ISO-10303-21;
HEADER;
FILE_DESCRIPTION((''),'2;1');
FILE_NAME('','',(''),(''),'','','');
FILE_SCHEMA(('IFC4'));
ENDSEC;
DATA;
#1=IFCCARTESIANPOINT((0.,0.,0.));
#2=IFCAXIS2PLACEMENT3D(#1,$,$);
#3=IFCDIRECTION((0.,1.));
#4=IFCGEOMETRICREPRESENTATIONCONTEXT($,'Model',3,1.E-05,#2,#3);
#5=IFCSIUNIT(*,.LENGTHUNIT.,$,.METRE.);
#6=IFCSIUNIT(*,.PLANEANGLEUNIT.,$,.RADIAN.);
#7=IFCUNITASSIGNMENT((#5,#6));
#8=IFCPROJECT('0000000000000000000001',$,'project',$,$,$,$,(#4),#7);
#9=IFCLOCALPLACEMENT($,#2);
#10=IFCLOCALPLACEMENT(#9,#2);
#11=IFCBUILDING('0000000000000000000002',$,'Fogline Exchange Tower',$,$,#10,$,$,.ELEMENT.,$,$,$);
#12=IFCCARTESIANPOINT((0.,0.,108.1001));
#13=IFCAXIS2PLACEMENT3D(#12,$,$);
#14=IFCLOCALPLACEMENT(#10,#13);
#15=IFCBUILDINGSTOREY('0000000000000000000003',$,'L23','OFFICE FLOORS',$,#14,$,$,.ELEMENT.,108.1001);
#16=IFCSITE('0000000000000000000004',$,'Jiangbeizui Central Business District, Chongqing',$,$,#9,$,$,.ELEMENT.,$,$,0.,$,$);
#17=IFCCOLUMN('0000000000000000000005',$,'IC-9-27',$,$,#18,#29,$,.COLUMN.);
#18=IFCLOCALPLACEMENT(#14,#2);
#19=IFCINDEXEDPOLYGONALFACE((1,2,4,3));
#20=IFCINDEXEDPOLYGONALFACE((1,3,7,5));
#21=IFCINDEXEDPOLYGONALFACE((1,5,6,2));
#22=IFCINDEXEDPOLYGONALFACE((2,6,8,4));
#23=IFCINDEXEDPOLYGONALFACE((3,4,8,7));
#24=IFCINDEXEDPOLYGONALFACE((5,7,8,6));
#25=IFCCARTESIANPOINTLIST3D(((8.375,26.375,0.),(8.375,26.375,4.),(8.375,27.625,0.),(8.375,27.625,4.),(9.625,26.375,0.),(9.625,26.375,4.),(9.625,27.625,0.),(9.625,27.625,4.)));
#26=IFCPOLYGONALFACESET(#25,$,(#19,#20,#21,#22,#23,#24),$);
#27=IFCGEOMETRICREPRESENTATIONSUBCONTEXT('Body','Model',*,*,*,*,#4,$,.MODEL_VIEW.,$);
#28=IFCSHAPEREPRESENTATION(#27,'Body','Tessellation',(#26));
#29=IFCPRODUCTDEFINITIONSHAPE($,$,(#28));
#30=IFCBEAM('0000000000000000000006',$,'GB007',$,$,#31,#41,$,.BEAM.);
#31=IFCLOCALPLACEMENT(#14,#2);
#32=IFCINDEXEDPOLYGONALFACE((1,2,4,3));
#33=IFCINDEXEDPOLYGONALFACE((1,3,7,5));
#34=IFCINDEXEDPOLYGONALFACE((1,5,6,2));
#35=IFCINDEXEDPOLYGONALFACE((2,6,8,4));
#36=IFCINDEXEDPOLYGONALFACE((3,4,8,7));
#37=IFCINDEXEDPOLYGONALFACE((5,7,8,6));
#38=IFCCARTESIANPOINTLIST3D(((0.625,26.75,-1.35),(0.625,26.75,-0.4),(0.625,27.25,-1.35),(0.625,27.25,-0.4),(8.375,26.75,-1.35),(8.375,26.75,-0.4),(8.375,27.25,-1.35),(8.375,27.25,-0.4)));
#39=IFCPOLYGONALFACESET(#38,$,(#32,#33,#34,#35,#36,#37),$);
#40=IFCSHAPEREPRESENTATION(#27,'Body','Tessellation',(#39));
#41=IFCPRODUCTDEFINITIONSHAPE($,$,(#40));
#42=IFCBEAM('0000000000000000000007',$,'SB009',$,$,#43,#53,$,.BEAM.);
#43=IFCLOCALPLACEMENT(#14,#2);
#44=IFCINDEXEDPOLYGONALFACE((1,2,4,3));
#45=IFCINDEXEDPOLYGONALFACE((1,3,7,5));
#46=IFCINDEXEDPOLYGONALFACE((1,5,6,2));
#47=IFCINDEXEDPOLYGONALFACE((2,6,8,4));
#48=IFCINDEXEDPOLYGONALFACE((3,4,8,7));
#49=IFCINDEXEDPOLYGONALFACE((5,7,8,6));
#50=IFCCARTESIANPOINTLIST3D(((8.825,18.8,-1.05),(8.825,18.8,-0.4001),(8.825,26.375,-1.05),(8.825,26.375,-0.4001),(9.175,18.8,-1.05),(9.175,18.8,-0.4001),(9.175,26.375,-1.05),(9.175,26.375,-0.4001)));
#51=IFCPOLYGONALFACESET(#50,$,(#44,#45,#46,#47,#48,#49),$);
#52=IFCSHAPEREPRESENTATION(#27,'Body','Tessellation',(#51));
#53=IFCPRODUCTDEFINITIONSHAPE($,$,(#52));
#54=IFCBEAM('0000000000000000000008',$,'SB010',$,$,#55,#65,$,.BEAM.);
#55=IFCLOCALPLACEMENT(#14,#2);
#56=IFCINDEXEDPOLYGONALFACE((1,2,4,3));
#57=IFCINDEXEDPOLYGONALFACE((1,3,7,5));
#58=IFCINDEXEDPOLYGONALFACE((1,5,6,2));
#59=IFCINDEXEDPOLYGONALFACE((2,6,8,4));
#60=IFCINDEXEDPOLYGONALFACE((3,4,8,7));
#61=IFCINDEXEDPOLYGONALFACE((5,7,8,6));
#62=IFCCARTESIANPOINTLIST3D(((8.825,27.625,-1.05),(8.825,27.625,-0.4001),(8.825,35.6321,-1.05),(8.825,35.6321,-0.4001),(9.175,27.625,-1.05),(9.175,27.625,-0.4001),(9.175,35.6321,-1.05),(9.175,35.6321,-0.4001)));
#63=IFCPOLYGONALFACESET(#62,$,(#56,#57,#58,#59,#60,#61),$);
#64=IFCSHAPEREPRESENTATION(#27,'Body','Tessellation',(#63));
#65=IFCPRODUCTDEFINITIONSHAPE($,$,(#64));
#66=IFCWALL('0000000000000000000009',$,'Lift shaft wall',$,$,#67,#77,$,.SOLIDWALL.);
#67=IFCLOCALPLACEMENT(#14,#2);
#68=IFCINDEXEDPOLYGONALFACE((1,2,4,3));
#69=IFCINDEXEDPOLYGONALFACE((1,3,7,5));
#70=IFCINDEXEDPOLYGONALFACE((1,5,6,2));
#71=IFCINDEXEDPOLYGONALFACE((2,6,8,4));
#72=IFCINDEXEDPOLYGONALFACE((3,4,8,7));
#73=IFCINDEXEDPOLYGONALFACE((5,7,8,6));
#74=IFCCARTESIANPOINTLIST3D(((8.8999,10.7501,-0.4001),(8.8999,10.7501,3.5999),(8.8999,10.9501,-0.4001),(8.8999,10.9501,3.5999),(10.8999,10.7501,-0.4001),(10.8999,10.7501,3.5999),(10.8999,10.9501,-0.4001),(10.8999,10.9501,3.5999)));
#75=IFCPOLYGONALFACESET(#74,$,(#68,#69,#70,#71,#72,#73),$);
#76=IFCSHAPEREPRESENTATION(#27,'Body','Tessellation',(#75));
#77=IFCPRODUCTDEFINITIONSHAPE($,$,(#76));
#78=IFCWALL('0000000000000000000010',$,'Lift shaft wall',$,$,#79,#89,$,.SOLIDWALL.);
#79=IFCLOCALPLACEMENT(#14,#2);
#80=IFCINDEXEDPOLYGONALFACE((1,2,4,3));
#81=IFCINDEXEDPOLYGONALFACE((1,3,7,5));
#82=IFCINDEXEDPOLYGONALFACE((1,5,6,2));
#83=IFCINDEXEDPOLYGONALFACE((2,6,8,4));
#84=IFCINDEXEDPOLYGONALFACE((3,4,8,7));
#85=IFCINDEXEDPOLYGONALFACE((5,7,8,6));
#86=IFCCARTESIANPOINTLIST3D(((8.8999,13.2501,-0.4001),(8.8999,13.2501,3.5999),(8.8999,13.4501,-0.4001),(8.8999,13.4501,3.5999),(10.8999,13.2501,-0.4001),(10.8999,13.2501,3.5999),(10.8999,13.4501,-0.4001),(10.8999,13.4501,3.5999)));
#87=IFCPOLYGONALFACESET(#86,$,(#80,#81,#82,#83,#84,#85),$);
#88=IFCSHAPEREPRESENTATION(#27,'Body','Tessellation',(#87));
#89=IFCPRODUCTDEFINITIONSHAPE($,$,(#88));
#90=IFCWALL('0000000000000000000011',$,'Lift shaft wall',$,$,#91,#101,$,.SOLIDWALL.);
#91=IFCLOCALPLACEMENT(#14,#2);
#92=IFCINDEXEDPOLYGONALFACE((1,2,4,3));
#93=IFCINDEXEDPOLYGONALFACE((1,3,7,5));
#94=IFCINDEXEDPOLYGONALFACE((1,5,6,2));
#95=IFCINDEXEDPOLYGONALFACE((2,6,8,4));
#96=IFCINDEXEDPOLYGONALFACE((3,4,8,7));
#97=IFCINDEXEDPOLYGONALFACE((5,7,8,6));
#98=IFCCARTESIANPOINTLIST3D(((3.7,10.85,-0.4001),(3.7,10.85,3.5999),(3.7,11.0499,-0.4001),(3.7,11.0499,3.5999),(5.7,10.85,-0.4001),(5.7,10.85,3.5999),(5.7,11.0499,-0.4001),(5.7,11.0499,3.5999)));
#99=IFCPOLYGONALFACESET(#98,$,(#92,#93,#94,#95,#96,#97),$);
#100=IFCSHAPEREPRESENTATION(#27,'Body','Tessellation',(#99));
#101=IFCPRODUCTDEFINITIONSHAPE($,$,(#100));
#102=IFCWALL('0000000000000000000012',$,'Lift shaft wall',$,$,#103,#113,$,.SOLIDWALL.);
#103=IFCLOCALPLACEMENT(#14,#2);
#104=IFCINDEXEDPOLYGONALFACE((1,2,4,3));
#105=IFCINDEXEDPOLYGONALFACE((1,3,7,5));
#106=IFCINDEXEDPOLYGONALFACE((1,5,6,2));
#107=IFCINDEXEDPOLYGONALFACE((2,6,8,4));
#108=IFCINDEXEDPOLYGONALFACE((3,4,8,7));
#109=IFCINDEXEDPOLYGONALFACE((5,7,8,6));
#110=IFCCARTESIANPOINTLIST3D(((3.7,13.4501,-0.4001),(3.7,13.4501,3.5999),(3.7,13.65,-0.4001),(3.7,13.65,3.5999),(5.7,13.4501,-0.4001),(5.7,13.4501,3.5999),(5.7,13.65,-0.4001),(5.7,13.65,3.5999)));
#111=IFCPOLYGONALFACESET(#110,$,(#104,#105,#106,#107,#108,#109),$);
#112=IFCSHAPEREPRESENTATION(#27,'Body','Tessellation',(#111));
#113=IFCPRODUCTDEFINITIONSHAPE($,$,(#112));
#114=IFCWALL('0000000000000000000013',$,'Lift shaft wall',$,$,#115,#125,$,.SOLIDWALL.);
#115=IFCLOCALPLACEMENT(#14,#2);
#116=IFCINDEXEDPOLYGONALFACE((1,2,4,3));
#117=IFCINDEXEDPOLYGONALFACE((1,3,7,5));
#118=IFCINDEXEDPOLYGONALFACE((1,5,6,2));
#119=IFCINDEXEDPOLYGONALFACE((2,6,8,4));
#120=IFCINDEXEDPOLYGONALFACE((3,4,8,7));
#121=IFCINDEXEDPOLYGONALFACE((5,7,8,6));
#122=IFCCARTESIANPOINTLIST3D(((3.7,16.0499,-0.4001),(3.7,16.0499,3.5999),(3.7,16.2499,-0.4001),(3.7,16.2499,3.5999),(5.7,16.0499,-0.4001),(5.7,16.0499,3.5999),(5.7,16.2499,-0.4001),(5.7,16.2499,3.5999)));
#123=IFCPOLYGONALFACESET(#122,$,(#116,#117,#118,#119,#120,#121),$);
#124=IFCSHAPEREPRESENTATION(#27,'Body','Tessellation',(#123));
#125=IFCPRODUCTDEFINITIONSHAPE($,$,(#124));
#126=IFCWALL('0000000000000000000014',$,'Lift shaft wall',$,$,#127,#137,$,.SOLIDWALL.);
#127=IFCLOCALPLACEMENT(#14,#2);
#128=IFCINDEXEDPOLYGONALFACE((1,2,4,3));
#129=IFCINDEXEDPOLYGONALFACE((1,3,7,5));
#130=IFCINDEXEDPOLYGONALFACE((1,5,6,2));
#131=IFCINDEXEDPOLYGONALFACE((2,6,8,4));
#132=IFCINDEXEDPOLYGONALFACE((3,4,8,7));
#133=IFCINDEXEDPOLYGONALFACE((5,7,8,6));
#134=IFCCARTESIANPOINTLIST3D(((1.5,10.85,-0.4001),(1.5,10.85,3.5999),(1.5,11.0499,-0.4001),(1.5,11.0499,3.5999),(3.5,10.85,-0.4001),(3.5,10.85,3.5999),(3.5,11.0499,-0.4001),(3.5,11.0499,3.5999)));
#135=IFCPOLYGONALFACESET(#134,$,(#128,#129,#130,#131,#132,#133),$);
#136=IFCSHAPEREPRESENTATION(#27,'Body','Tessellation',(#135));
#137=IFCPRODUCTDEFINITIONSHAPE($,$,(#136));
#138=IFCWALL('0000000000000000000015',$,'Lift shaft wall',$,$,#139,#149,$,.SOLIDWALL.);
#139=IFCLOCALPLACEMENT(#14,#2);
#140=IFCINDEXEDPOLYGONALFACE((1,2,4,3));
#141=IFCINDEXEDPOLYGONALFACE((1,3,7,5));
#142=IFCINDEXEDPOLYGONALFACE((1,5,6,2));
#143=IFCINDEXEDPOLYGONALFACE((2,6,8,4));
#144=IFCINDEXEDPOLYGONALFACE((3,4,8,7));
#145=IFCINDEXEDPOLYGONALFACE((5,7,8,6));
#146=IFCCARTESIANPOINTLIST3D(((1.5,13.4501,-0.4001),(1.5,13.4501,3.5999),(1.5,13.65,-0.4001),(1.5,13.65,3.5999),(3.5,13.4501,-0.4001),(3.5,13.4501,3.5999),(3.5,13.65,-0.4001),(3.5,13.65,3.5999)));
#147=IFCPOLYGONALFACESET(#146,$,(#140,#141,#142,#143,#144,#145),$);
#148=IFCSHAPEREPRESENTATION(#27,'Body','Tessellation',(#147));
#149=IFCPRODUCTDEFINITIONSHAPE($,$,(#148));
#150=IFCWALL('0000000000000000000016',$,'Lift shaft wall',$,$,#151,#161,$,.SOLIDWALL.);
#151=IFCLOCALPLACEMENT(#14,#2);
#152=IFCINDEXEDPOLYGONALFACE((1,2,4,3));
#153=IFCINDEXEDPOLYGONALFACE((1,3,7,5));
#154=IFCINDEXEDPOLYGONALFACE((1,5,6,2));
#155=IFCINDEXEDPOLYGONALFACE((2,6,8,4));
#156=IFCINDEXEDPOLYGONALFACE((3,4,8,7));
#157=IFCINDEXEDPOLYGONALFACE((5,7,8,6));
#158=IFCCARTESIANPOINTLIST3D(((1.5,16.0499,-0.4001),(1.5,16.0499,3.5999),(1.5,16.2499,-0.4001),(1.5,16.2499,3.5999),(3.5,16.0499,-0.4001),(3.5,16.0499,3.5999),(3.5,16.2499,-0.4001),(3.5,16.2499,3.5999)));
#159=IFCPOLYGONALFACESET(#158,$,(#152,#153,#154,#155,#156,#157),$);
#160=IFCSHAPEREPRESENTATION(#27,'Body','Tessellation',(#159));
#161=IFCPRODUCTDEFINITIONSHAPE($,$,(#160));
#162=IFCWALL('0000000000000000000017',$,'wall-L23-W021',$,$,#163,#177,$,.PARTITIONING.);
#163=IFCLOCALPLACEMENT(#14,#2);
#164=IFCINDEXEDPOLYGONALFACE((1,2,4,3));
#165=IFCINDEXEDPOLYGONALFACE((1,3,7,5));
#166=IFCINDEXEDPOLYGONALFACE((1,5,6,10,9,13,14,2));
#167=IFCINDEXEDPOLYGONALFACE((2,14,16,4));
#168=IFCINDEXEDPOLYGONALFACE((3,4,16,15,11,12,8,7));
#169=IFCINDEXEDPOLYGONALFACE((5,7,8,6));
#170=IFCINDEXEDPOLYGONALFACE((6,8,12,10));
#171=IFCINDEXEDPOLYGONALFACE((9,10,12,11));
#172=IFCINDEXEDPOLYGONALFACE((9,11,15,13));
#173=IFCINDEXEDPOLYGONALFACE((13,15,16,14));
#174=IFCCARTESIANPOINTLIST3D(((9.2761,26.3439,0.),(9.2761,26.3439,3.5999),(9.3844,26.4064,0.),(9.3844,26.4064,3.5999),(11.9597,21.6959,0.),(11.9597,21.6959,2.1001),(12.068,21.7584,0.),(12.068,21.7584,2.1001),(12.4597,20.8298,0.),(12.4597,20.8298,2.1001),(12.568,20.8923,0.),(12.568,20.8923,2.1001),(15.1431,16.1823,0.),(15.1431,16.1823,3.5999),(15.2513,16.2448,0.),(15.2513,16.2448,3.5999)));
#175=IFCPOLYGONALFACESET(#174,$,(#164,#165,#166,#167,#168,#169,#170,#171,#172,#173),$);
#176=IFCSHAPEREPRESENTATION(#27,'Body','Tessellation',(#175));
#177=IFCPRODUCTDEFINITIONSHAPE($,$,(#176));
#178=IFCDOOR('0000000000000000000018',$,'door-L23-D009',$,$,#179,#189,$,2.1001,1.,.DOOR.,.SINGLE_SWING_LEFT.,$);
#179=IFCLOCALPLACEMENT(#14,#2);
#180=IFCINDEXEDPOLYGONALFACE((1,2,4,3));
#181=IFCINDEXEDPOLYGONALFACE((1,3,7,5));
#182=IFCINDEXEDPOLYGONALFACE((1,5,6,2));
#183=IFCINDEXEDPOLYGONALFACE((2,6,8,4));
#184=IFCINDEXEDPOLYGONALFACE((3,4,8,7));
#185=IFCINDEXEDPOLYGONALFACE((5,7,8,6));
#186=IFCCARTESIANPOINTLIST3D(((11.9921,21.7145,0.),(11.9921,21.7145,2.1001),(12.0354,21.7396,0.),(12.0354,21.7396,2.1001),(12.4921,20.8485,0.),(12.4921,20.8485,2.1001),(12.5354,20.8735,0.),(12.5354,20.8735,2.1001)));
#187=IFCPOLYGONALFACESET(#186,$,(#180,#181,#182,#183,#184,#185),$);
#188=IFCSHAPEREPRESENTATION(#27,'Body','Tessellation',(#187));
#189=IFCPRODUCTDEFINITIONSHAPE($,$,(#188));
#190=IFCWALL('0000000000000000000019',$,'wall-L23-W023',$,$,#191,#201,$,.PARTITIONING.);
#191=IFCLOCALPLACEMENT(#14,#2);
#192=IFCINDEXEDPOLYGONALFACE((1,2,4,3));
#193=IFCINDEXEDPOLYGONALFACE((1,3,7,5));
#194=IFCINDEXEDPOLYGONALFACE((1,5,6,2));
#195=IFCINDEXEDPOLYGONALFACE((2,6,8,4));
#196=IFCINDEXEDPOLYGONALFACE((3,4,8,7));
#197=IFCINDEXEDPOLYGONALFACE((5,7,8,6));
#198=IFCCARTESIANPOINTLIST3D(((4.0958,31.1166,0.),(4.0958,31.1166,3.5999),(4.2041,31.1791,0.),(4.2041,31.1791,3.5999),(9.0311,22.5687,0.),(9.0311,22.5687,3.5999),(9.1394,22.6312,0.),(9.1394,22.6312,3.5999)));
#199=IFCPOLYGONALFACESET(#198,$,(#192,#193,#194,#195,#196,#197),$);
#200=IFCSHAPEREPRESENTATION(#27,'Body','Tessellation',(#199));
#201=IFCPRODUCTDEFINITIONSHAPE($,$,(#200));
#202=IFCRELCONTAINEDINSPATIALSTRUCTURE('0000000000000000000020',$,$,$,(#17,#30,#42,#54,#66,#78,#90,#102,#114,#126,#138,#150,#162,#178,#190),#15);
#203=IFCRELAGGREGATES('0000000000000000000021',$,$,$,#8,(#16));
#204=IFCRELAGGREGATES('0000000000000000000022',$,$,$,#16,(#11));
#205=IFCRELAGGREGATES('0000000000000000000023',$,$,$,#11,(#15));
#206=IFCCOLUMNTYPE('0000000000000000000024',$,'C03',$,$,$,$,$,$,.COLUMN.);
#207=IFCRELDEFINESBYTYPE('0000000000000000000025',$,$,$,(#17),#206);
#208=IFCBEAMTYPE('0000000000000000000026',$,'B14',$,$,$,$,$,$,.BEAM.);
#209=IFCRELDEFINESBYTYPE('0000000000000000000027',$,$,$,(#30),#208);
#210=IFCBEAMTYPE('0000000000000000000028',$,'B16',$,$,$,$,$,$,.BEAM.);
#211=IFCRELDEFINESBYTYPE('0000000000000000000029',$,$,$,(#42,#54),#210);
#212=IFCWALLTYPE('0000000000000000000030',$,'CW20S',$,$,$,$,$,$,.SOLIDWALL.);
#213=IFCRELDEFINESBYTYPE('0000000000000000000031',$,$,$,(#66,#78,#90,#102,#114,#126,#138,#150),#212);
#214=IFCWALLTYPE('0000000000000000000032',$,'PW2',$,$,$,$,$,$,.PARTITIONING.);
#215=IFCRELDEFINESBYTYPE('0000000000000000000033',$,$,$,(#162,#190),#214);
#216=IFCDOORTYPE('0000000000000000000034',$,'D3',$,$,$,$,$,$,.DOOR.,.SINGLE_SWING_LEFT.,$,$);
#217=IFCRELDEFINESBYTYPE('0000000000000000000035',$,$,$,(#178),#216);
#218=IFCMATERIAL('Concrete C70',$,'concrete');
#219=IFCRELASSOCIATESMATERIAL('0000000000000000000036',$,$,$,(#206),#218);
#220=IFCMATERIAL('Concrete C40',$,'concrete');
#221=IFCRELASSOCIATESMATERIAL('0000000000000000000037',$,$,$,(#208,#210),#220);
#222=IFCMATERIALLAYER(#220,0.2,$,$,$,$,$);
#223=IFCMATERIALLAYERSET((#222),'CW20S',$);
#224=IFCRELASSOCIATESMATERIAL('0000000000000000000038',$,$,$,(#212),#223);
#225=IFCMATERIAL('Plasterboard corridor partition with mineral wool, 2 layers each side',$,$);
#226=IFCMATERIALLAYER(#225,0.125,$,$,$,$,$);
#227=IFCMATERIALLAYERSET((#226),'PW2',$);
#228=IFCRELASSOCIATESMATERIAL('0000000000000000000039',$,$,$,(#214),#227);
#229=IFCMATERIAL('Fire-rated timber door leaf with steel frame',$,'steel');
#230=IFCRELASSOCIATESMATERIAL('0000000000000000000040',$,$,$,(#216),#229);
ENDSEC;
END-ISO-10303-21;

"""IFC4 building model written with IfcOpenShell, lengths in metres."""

from ifc_helpers import new_model, si_unit, direction, frame, frame_2d, origin, origin_2d, place, context, subcontext, project, spatial, rectangle, extrude, material, layer, layer_set, material_profile, profile_set, type_object, element, fill, save


model = new_model("IFC4")

# Units and contexts
model_context = context("Model", 3, precision=1e-05, world=origin(), true_north=direction((0.0, 1.0)))
body_context = subcontext(model_context, "Body", "Model", "MODEL_VIEW")
ifc_project = project(units=[si_unit("LENGTHUNIT", "METRE"), si_unit("PLANEANGLEUNIT", "RADIAN")], contexts=[model_context])

# Site, building, storey
site_placement = place(None, origin())
site = spatial("IfcSite", under=ifc_project, at=site_placement, Name="Jiangbeizui Central Business District, Chongqing", CompositionType="ELEMENT", RefElevation=0.0)
building_placement = place(site_placement, origin())
building = spatial("IfcBuilding", under=site, at=building_placement, Name="Fogline Exchange Tower", CompositionType="ELEMENT")
storey_placement = place(building_placement, frame((0.0, 0.0, 108.1001)))
storey = spatial("IfcBuildingStorey", under=building, at=storey_placement, Name="L23", Description="OFFICE FLOORS", CompositionType="ELEMENT", Elevation=108.1001)

# Column
ifc_material_1 = material(Name="Concrete C70", Category="concrete")
ifc_material_profile_1 = material_profile(ifc_material_1, rectangle(XDim=1.25, YDim=1.25, at=origin_2d()), Name="RC 1250x1250")
ifc_profile_set_1 = profile_set([ifc_material_profile_1], Name="Concrete C70")
column_type = type_object("IfcColumnType", Name="C03", PredefinedType="COLUMN", material=ifc_profile_set_1)
column_placement = place(storey_placement, frame((9.0, 27.0, 0.0), z_axis=(0.0, 0.0, 1.0), x_axis=(1.0, 0.0, 0.0)))
element("IfcColumn", 1, at=column_placement, inside=storey, type_object=column_type, Name="IC-9-27", PredefinedType="COLUMN", context=body_context, shape_type="SweptSolid", body=[
    extrude(rectangle(XDim=1.25, YDim=1.25, at=origin_2d()), origin(), (0.0, 0.0, 1.0), 4.0),
])

# Beams
ifc_material_2 = material(Name="Concrete C40", Category="concrete")
ifc_material_profile_2 = material_profile(ifc_material_2, rectangle(XDim=0.5, YDim=0.95, at=origin_2d()), Name="RC 500x950")
ifc_profile_set_2 = profile_set([ifc_material_profile_2], Name="Concrete C40")
beam_type_1 = type_object("IfcBeamType", Name="B14", PredefinedType="BEAM", material=ifc_profile_set_2)
beam_1_placement = place(storey_placement, frame((0.625, 27.0, -0.875), z_axis=(1.0, 0.0, 0.0), x_axis=(0.0, 1.0, 0.0)))
element("IfcBeam", 2, at=beam_1_placement, inside=storey, type_object=beam_type_1, Name="GB007", PredefinedType="BEAM", context=body_context, shape_type="SweptSolid", body=[
    extrude(rectangle(XDim=0.5, YDim=0.95, at=origin_2d()), origin(), (0.0, 0.0, 1.0), 7.75),
])
ifc_material_profile_3 = material_profile(ifc_material_2, rectangle(XDim=0.3501, YDim=0.6499, at=origin_2d()), Name="RC 350x650")
ifc_profile_set_3 = profile_set([ifc_material_profile_3], Name="Concrete C40")
beam_type_2 = type_object("IfcBeamType", Name="B16", PredefinedType="BEAM", material=ifc_profile_set_3)
beam_2_placement = place(storey_placement, frame((9.0, 18.8, -0.7251), z_axis=(0.0, 1.0, 0.0), x_axis=(-1.0, 0.0, 0.0)))
element("IfcBeam", 3, at=beam_2_placement, inside=storey, type_object=beam_type_2, Name="SB009", PredefinedType="BEAM", context=body_context, shape_type="SweptSolid", body=[
    extrude(rectangle(XDim=0.3501, YDim=0.6499, at=origin_2d()), origin(), (0.0, 0.0, 1.0), 7.575),
])
beam_3_placement = place(storey_placement, frame((9.0, 27.625, -0.7251), z_axis=(0.0, 1.0, 0.0), x_axis=(-1.0, 0.0, 0.0)))
element("IfcBeam", 4, at=beam_3_placement, inside=storey, type_object=beam_type_2, Name="SB010", PredefinedType="BEAM", context=body_context, shape_type="SweptSolid", body=[
    extrude(rectangle(XDim=0.3501, YDim=0.6499, at=origin_2d()), origin(), (0.0, 0.0, 1.0), 8.0071),
])

# Walls
ifc_layer_1 = layer(ifc_material_2, 0.2)
ifc_layer_set_1 = layer_set([ifc_layer_1], Name="CW20S")
wall_type_1 = type_object("IfcWallType", Name="CW20S", PredefinedType="SOLIDWALL", material=ifc_layer_set_1)
for number, where, z_axis, x_axis, name in (
    (5, (8.8999, 10.8501, -0.4001), (0.0, 0.0, 1.0), (1.0, 0.0, 0.0), "Lift shaft wall"),
    (6, (8.8999, 13.3501, -0.4001), (0.0, 0.0, 1.0), (1.0, 0.0, 0.0), "Lift shaft wall"),
    (7, (3.7, 10.95, -0.4001), (0.0, 0.0, 1.0), (1.0, 0.0, 0.0), "Lift shaft wall"),
    (8, (3.7, 13.55, -0.4001), (0.0, 0.0, 1.0), (1.0, 0.0, 0.0), "Lift shaft wall"),
    (9, (3.7, 16.1499, -0.4001), (0.0, 0.0, 1.0), (1.0, 0.0, 0.0), "Lift shaft wall"),
    (10, (1.5, 10.95, -0.4001), (0.0, 0.0, 1.0), (1.0, 0.0, 0.0), "Lift shaft wall"),
    (11, (1.5, 13.55, -0.4001), (0.0, 0.0, 1.0), (1.0, 0.0, 0.0), "Lift shaft wall"),
    (12, (1.5, 16.1499, -0.4001), (0.0, 0.0, 1.0), (1.0, 0.0, 0.0), "Lift shaft wall"),
):
    element("IfcWall", number, at=place(storey_placement, frame(where, z_axis=z_axis, x_axis=x_axis)), inside=storey, type_object=wall_type_1, Name=name, PredefinedType="SOLIDWALL", context=body_context, shape_type="SweptSolid", body=[
        extrude(rectangle(XDim=2.0, YDim=0.2, at=frame_2d((1.0, 0.0))), origin(), (0.0, 0.0, 1.0), 4.0),
    ])

# Wall, opening, door
ifc_material_3 = material(Name="Plasterboard corridor partition with mineral wool, 2 layers each side")
ifc_layer_2 = layer(ifc_material_3, 0.125)
ifc_layer_set_2 = layer_set([ifc_layer_2], Name="PW2")
wall_type_2 = type_object("IfcWallType", Name="PW2", PredefinedType="PARTITIONING", material=ifc_layer_set_2)
wall_1_placement = place(storey_placement, frame((9.3303, 26.375, 0.0), z_axis=(0.0, 0.0, 1.0), x_axis=(0.500008, -0.866021, 0.0)))
wall_1 = element("IfcWall", 13, at=wall_1_placement, inside=storey, type_object=wall_type_2, Name="wall-L23-W021", PredefinedType="PARTITIONING", context=body_context, shape_type="SweptSolid", body=[
    extrude(rectangle(XDim=11.7336, YDim=0.125, at=frame_2d((5.8667, 0.0))), origin(), (0.0, 0.0, 1.0), 3.5999),
])
opening_1_placement = place(wall_1_placement, frame((5.3669, 0.0, 0.0)))
opening_1 = element("IfcOpeningElement", 14, at=opening_1_placement, cuts=wall_1, PredefinedType="OPENING", context=body_context, shape_type="SweptSolid", body=[
    extrude(rectangle(XDim=1.0, YDim=2.1001, at=frame_2d((0.5, 1.05))), frame((0.0, 0.0725, 0.0), z_axis=(0.0, -1.0, 0.0), x_axis=(1.0, 0.0, 0.0)), (0.0, 0.0, 1.0), 0.145),
])
ifc_material_4 = material(Name="Fire-rated timber door leaf with steel frame", Category="steel")
door_type_1 = type_object("IfcDoorType", Name="D3", OperationType="SINGLE_SWING_LEFT", PredefinedType="DOOR", material=ifc_material_4)
door_1_placement = place(opening_1_placement, origin())
door_1 = element("IfcDoor", 15, at=door_1_placement, inside=storey, type_object=door_type_1, Name="door-L23-D009", OperationType="SINGLE_SWING_LEFT", OverallHeight=2.1001, OverallWidth=1.0, PredefinedType="DOOR", context=body_context, shape_type="SweptSolid", body=[
    extrude(rectangle(XDim=1.0, YDim=2.1001, at=frame_2d((0.5, 1.05))), frame((0.0, 0.0249, 0.0), z_axis=(0.0, -1.0, 0.0), x_axis=(1.0, 0.0, 0.0)), (0.0, 0.0, 1.0), 0.05),
])
fill(opening_1, door_1)

# Wall
wall_2_placement = place(storey_placement, frame((9.0852, 22.6001, 0.0), z_axis=(0.0, 0.0, 1.0), x_axis=(-0.500015, 0.866017, 0.0)))
element("IfcWall", 16, at=wall_2_placement, inside=storey, type_object=wall_type_2, Name="wall-L23-W023", PredefinedType="PARTITIONING", context=body_context, shape_type="SweptSolid", body=[
    extrude(rectangle(XDim=9.8704, YDim=0.125, at=frame_2d((4.9351, 0.0))), origin(), (0.0, 0.0, 1.0), 3.5999),
])

save(model, "model.ifc")
